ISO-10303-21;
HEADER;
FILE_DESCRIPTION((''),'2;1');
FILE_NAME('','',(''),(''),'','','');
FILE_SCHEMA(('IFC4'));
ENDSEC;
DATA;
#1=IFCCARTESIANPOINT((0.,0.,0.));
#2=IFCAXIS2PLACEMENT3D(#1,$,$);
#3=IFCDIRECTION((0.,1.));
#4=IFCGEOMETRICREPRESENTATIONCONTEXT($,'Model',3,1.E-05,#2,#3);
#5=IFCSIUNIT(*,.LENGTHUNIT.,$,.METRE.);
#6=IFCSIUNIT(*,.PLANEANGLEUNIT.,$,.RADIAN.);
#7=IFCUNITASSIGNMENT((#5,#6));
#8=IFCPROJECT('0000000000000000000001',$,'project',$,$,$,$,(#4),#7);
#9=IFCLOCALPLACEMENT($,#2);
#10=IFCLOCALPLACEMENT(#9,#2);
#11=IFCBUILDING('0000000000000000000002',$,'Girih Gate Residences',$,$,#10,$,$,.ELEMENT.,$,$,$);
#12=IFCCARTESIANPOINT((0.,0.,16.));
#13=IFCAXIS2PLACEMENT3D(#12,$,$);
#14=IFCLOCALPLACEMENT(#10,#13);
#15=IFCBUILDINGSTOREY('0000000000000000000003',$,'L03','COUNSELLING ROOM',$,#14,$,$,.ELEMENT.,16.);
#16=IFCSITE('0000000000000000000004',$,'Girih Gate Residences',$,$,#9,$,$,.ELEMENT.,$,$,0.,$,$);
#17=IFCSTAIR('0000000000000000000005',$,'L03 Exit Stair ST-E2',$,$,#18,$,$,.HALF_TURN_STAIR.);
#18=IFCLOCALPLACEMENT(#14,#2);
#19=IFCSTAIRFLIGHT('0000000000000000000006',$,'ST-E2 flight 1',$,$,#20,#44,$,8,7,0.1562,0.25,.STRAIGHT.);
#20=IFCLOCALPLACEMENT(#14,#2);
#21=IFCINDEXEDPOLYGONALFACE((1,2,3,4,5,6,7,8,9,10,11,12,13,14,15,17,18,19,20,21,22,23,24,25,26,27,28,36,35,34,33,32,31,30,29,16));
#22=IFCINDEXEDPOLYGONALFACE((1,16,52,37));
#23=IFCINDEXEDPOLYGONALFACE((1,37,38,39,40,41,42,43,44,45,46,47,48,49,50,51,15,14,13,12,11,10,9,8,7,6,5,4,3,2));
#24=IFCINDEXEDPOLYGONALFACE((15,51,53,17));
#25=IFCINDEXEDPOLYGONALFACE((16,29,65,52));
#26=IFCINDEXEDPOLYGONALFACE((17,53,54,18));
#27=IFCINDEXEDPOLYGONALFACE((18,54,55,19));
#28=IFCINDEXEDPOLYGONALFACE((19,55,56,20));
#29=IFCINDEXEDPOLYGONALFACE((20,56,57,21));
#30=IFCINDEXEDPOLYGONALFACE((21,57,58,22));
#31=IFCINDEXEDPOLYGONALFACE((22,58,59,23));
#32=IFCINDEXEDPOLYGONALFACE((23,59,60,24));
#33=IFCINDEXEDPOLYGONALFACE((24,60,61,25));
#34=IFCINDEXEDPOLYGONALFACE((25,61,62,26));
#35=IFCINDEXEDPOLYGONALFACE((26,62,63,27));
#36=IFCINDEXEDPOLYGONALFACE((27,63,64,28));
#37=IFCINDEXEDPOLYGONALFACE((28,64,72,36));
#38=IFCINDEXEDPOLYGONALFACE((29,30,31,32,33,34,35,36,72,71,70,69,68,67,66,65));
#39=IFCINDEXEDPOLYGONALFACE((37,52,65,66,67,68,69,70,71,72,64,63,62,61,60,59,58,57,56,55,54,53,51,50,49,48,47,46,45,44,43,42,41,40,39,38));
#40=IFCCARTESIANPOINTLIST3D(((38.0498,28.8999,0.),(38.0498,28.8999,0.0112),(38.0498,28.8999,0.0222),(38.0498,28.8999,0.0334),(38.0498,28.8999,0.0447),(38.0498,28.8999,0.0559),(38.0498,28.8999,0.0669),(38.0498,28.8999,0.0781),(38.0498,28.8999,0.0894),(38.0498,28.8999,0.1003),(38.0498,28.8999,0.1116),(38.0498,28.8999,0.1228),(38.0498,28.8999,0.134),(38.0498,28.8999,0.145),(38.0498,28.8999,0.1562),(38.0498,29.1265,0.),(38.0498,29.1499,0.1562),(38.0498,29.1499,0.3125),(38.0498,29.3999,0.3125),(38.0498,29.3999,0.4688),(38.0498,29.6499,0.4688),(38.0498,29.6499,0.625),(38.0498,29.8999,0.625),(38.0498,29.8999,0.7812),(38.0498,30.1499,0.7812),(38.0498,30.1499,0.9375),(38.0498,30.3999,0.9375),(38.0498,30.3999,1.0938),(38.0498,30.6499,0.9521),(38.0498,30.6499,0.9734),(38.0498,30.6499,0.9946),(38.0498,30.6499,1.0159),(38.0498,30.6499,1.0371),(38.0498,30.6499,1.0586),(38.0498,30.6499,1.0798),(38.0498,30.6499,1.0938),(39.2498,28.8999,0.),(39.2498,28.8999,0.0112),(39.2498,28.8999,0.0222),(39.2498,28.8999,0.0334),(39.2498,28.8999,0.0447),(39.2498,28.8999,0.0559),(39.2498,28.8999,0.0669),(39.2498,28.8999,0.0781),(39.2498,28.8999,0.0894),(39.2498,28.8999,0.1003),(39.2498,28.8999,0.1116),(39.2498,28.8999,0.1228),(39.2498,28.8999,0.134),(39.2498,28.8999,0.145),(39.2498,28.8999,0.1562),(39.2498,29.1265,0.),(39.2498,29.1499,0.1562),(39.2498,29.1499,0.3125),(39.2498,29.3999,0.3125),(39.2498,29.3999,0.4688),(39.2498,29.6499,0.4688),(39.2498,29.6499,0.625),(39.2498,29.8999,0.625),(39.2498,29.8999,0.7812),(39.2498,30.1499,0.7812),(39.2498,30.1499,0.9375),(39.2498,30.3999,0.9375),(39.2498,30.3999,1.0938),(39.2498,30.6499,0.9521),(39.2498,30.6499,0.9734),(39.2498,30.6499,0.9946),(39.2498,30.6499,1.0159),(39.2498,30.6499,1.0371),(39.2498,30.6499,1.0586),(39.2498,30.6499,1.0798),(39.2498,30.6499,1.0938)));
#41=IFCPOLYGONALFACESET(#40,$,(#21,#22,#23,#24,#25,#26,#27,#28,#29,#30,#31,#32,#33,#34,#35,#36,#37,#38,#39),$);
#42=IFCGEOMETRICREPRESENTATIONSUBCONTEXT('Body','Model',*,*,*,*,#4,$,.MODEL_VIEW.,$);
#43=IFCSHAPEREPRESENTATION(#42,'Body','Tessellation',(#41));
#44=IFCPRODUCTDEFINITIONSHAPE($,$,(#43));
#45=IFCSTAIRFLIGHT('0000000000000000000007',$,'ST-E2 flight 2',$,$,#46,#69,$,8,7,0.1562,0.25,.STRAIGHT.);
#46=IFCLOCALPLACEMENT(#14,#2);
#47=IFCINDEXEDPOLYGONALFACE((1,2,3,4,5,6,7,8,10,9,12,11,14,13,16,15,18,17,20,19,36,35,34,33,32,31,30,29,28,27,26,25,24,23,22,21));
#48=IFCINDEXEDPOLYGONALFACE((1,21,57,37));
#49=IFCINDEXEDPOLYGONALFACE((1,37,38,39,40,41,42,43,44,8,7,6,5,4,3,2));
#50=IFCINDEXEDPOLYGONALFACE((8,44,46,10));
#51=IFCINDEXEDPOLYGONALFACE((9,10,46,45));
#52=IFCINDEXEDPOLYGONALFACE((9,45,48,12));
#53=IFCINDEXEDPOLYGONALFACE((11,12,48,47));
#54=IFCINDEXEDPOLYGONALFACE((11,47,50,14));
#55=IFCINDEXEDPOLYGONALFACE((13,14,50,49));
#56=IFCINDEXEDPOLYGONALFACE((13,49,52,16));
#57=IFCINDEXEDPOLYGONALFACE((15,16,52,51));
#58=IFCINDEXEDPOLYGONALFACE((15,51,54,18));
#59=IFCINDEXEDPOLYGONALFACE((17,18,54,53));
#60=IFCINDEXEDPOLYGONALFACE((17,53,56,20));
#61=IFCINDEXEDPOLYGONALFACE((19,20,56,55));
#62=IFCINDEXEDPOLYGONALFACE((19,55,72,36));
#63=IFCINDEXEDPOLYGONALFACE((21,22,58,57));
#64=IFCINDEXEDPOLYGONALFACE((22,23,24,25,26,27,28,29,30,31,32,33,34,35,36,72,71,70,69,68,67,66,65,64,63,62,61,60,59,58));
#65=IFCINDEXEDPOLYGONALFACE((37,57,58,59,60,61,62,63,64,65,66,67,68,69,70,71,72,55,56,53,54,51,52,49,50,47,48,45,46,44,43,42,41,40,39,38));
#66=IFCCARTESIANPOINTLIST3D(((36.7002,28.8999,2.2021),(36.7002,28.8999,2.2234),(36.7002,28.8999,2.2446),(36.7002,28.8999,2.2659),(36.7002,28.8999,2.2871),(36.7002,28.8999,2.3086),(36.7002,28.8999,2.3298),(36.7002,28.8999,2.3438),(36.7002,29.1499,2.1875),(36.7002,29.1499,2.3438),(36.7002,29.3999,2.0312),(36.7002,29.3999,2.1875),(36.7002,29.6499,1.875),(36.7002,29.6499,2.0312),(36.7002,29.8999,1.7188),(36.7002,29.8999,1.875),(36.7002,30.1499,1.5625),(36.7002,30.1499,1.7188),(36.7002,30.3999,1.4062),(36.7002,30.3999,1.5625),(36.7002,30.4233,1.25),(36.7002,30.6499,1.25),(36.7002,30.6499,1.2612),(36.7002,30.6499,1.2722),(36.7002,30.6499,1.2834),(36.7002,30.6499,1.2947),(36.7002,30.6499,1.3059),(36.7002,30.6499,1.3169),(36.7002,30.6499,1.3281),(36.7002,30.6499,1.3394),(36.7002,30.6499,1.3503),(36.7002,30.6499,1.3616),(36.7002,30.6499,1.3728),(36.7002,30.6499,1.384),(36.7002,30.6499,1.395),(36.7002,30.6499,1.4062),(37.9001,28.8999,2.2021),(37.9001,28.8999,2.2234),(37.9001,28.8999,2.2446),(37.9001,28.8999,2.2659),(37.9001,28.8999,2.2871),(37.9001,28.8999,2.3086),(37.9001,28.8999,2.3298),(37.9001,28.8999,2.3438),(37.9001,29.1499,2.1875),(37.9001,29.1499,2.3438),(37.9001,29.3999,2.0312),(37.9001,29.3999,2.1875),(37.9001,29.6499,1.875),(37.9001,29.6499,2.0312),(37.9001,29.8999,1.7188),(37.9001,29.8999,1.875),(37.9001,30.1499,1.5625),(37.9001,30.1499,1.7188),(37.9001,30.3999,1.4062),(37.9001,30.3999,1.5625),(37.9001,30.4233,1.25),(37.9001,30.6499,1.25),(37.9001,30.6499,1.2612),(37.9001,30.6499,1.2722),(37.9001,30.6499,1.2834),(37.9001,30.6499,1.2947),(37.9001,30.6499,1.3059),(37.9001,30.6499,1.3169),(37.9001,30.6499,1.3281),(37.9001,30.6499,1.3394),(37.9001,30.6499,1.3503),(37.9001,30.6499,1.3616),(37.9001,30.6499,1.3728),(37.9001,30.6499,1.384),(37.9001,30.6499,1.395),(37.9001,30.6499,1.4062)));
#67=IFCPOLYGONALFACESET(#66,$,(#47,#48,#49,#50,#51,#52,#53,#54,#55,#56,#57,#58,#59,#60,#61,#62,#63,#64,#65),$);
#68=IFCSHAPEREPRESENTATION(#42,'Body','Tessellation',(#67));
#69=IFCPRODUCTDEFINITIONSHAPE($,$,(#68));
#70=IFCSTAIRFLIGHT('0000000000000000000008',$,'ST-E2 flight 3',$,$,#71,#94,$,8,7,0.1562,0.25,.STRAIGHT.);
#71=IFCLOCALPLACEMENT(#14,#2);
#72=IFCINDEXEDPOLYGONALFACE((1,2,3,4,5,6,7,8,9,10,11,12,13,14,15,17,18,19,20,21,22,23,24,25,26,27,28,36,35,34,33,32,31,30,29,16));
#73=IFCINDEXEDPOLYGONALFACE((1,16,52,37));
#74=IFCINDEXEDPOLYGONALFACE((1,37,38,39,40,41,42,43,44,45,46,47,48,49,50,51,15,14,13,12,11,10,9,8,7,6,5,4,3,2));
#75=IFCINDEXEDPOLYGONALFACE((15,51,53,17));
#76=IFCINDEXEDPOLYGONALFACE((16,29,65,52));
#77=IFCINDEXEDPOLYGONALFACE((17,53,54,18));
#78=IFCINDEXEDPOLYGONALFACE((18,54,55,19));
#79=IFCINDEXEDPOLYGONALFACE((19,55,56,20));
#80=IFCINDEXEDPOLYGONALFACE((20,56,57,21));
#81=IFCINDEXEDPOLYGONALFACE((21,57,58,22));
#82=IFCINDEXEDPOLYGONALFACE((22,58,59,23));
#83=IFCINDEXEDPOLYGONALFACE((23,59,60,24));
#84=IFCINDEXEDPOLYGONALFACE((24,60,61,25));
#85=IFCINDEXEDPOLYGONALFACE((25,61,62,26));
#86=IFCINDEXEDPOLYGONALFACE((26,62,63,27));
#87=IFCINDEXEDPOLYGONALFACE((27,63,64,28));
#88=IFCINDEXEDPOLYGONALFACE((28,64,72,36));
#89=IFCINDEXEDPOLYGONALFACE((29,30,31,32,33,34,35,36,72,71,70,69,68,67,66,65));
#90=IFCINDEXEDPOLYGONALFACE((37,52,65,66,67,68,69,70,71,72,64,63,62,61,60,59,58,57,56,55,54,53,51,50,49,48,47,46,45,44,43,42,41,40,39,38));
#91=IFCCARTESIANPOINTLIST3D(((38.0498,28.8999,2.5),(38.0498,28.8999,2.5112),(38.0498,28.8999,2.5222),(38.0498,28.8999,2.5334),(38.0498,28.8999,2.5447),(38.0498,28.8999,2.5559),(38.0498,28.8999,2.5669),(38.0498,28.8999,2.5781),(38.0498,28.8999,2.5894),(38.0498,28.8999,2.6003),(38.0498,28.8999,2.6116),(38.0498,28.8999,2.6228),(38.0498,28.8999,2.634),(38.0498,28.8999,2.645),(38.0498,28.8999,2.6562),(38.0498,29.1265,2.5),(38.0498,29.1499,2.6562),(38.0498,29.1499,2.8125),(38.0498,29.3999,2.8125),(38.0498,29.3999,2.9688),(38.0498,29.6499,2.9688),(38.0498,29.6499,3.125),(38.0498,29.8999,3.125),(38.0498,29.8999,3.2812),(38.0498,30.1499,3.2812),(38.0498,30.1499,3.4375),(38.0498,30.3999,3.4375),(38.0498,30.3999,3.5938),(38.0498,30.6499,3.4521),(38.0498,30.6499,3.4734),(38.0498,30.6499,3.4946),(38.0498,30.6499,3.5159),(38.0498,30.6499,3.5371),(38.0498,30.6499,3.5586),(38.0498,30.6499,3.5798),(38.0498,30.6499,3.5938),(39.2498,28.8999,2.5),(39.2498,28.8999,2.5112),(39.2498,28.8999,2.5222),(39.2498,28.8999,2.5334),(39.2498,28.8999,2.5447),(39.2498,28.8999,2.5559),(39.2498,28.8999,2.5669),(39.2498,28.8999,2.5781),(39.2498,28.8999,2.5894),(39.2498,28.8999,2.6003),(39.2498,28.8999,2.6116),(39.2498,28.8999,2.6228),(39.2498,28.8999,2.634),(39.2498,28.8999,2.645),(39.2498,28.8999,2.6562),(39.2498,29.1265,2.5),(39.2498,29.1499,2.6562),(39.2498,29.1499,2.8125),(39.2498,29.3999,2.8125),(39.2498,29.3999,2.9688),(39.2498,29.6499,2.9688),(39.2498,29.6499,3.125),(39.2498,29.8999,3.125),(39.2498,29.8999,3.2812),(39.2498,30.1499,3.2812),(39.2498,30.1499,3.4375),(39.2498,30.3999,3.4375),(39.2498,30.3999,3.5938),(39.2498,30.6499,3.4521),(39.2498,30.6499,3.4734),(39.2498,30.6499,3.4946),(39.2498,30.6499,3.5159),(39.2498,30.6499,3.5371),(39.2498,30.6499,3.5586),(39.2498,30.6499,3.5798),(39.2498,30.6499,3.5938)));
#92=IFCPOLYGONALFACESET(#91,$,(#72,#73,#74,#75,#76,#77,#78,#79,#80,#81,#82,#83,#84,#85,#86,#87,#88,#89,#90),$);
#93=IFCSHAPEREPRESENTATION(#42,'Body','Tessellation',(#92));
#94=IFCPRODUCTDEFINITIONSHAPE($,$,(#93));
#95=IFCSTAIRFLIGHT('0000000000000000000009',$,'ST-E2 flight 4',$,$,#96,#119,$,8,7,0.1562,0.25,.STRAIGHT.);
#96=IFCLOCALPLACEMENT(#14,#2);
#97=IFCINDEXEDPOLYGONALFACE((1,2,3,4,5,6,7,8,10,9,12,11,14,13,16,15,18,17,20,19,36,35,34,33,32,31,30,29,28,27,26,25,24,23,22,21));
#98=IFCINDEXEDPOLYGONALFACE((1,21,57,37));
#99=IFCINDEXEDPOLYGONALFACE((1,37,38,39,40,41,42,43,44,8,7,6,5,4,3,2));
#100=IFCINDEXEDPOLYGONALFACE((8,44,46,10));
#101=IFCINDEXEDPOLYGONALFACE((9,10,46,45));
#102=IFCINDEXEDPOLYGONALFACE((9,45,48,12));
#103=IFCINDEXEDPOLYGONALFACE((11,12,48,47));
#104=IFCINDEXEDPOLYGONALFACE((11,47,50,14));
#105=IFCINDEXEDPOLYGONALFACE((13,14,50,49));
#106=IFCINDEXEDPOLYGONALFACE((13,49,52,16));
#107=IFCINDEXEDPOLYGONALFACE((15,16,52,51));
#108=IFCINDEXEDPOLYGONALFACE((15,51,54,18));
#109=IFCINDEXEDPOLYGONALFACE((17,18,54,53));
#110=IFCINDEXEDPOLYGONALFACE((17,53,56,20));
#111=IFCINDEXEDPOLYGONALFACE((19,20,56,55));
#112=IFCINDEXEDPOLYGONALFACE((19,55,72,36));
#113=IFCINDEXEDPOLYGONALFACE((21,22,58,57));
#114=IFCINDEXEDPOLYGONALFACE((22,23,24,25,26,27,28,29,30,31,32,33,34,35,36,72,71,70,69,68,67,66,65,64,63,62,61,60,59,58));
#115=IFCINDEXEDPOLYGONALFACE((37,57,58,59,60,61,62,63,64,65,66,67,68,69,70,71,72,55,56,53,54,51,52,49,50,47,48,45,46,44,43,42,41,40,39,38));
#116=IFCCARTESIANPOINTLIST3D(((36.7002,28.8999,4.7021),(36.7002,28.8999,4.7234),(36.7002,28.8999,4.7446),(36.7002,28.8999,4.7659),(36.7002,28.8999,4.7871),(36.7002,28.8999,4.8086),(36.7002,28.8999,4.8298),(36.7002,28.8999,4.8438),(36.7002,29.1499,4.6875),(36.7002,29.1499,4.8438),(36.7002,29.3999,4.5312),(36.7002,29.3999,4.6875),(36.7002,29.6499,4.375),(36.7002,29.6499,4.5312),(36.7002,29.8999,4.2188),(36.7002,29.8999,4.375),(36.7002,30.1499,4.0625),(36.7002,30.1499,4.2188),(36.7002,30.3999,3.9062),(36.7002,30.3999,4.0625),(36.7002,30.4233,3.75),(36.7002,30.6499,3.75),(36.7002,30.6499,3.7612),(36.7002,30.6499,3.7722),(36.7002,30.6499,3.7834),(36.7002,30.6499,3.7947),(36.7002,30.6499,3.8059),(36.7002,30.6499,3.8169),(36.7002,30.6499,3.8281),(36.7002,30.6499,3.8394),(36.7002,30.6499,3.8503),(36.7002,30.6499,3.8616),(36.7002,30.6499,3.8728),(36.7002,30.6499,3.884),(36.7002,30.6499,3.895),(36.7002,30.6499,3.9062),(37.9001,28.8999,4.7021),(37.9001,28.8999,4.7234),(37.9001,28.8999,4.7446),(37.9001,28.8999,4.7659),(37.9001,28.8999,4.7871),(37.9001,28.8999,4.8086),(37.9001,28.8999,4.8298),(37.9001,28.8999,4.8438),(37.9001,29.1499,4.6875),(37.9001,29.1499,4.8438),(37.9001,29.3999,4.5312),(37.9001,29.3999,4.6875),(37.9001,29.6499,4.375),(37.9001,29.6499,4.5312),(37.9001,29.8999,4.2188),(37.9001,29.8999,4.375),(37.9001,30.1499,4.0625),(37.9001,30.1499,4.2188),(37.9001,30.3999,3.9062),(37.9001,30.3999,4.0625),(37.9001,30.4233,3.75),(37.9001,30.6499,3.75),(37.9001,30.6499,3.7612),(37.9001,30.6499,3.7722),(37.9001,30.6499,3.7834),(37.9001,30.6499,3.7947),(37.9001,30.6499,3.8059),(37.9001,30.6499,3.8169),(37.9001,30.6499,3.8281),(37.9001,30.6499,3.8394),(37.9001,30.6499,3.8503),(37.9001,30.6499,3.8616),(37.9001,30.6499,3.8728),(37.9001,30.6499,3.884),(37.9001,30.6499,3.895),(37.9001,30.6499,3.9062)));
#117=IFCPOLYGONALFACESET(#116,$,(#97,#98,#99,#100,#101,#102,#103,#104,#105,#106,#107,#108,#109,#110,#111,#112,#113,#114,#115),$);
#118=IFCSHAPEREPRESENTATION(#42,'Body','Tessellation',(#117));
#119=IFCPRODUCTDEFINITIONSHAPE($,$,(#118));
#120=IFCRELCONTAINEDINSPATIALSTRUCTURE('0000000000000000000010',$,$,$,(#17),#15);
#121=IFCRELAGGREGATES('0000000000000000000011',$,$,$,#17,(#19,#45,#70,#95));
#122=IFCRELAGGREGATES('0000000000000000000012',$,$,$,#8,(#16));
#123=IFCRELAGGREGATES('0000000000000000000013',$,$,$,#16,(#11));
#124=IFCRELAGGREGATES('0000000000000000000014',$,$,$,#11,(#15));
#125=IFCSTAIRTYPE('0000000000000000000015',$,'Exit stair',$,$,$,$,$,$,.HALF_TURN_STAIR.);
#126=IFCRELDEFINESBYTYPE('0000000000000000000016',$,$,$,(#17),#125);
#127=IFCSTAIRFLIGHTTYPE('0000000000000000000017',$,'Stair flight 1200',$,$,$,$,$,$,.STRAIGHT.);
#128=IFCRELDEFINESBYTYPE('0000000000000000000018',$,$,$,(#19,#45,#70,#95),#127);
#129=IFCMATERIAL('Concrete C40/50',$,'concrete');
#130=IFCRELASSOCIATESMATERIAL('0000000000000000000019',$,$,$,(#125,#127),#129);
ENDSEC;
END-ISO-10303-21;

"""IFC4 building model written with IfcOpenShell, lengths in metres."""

from ifc_helpers import new_model, si_unit, direction, frame, origin, place, context, subcontext, project, spatial, polyline, outline, extrude, material, type_object, element, aggregate, save


model = new_model("IFC4")

# Units and contexts
model_context = context("Model", 3, precision=1e-05, world=origin(), true_north=direction((0.0, 1.0)))
body_context = subcontext(model_context, "Body", "Model", "MODEL_VIEW")
ifc_project = project(units=[si_unit("LENGTHUNIT", "METRE"), si_unit("PLANEANGLEUNIT", "RADIAN")], contexts=[model_context])

# Site, building, storey
site_placement = place(None, origin())
site = spatial("IfcSite", under=ifc_project, at=site_placement, Name="Girih Gate Residences", CompositionType="ELEMENT", RefElevation=0.0)
building_placement = place(site_placement, origin())
building = spatial("IfcBuilding", under=site, at=building_placement, Name="Girih Gate Residences", CompositionType="ELEMENT")
storey_placement = place(building_placement, frame((0.0, 0.0, 16.0)))
storey = spatial("IfcBuildingStorey", under=building, at=storey_placement, Name="L03", Description="COUNSELLING ROOM", CompositionType="ELEMENT", Elevation=16.0)

# Shared definitions
ifc_material_1 = material(Name="Concrete C40/50", Category="concrete")

# Stair, stair flights
stair_type = type_object("IfcStairType", Name="Exit stair", PredefinedType="HALF_TURN_STAIR", material=ifc_material_1)
stair_flight_type = type_object("IfcStairFlightType", Name="Stair flight 1200", PredefinedType="STRAIGHT", material=ifc_material_1)
stair_1_placement = place(storey_placement, origin())
stair_1 = element("IfcStair", 1, at=stair_1_placement, inside=storey, type_object=stair_type, Name="L03 Exit Stair ST-E2", PredefinedType="HALF_TURN_STAIR")
stair_flight_1_placement = place(storey_placement, frame((38.6499, 28.8999, 0.0), z_axis=(0.0, 0.0, 1.0), x_axis=(0.0, 1.0, 0.0)))
stair_flight_1 = element("IfcStairFlight", 2, at=stair_flight_1_placement, type_object=stair_flight_type, Name="ST-E2 flight 1", NumberOfRisers=8, NumberOfTreads=7, PredefinedType="STRAIGHT", RiserHeight=0.1562, TreadLength=0.25, context=body_context, shape_type="SweptSolid", body=[
    extrude(outline(polyline([(0.0, 0.0), (0.0, 0.0112), (0.0, 0.0222), (0.0, 0.0334), (0.0, 0.0447), (0.0, 0.0559), (0.0, 0.0669), (0.0, 0.0781), (0.0, 0.0894), (0.0, 0.1003), (0.0, 0.1116), (0.0, 0.1228), (0.0, 0.134), (0.0, 0.145), (0.0, 0.1562), (0.25, 0.1562), (0.25, 0.3125), (0.5, 0.3125), (0.5, 0.4688), (0.75, 0.4688), (0.75, 0.625), (1.0, 0.625), (1.0, 0.7812), (1.25, 0.7812), (1.25, 0.9375), (1.5, 0.9375), (1.5, 1.0938), (1.75, 1.0938), (1.75, 1.105), (1.75, 1.116), (1.75, 1.1272), (1.75, 1.1384), (1.75, 1.1497), (1.75, 1.1606), (1.75, 1.1719), (1.75, 1.1831), (1.75, 1.1941), (1.75, 1.2053), (1.75, 1.2166), (1.75, 1.2278), (1.75, 1.2388), (1.75, 1.25), (1.75, 1.2288), (1.75, 1.2075), (1.75, 1.1863), (1.75, 1.1648), (1.75, 1.1436), (1.75, 1.1223), (1.75, 1.1011), (1.75, 1.0798), (1.75, 1.0586), (1.75, 1.0371), (1.75, 1.0159), (1.75, 0.9946), (1.75, 0.9734), (1.75, 0.9521), (0.2266, 0.0), (0.0, 0.0)])), frame((0.0, 0.6001, 0.0), z_axis=(0.0, -1.0, 0.0), x_axis=(1.0, 0.0, 0.0)), (0.0, 0.0, 1.0), 1.2),
])
stair_flight_2_placement = place(storey_placement, frame((37.3, 30.6499, 1.25), z_axis=(0.0, 0.0, 1.0), x_axis=(0.0, -1.0, 0.0)))
stair_flight_2 = element("IfcStairFlight", 3, at=stair_flight_2_placement, type_object=stair_flight_type, Name="ST-E2 flight 2", NumberOfRisers=8, NumberOfTreads=7, PredefinedType="STRAIGHT", RiserHeight=0.1562, TreadLength=0.25, context=body_context, shape_type="SweptSolid", body=[
    extrude(outline(polyline([(0.0, 0.0), (0.0, 0.0112), (0.0, 0.0222), (0.0, 0.0334), (0.0, 0.0447), (0.0, 0.0559), (0.0, 0.0669), (0.0, 0.0781), (0.0, 0.0894), (0.0, 0.1003), (0.0, 0.1116), (0.0, 0.1228), (0.0, 0.134), (0.0, 0.145), (0.0, 0.1562), (0.25, 0.1562), (0.25, 0.3125), (0.5, 0.3125), (0.5, 0.4688), (0.75, 0.4688), (0.75, 0.625), (1.0, 0.625), (1.0, 0.7812), (1.25, 0.7812), (1.25, 0.9375), (1.5, 0.9375), (1.5, 1.0938), (1.75, 1.0938), (1.75, 1.105), (1.75, 1.116), (1.75, 1.1272), (1.75, 1.1384), (1.75, 1.1497), (1.75, 1.1606), (1.75, 1.1719), (1.75, 1.1831), (1.75, 1.1941), (1.75, 1.2053), (1.75, 1.2166), (1.75, 1.2278), (1.75, 1.2388), (1.75, 1.25), (1.75, 1.2288), (1.75, 1.2075), (1.75, 1.1863), (1.75, 1.1648), (1.75, 1.1436), (1.75, 1.1223), (1.75, 1.1011), (1.75, 1.0798), (1.75, 1.0586), (1.75, 1.0371), (1.75, 1.0159), (1.75, 0.9946), (1.75, 0.9734), (1.75, 0.9521), (0.2266, 0.0), (0.0, 0.0)])), frame((0.0, 0.6001, 0.0), z_axis=(0.0, -1.0, 0.0), x_axis=(1.0, 0.0, 0.0)), (0.0, 0.0, 1.0), 1.2),
])
stair_flight_3_placement = place(storey_placement, frame((38.6499, 28.8999, 2.5), z_axis=(0.0, 0.0, 1.0), x_axis=(0.0, 1.0, 0.0)))
stair_flight_3 = element("IfcStairFlight", 4, at=stair_flight_3_placement, type_object=stair_flight_type, Name="ST-E2 flight 3", NumberOfRisers=8, NumberOfTreads=7, PredefinedType="STRAIGHT", RiserHeight=0.1562, TreadLength=0.25, context=body_context, shape_type="SweptSolid", body=[
    extrude(outline(polyline([(0.0, 0.0), (0.0, 0.0112), (0.0, 0.0222), (0.0, 0.0334), (0.0, 0.0447), (0.0, 0.0559), (0.0, 0.0669), (0.0, 0.0781), (0.0, 0.0894), (0.0, 0.1003), (0.0, 0.1116), (0.0, 0.1228), (0.0, 0.134), (0.0, 0.145), (0.0, 0.1562), (0.25, 0.1562), (0.25, 0.3125), (0.5, 0.3125), (0.5, 0.4688), (0.75, 0.4688), (0.75, 0.625), (1.0, 0.625), (1.0, 0.7812), (1.25, 0.7812), (1.25, 0.9375), (1.5, 0.9375), (1.5, 1.0938), (1.75, 1.0938), (1.75, 1.105), (1.75, 1.116), (1.75, 1.1272), (1.75, 1.1384), (1.75, 1.1497), (1.75, 1.1606), (1.75, 1.1719), (1.75, 1.1831), (1.75, 1.1941), (1.75, 1.2053), (1.75, 1.2166), (1.75, 1.2278), (1.75, 1.2388), (1.75, 1.25), (1.75, 1.2288), (1.75, 1.2075), (1.75, 1.1863), (1.75, 1.1648), (1.75, 1.1436), (1.75, 1.1223), (1.75, 1.1011), (1.75, 1.0798), (1.75, 1.0586), (1.75, 1.0371), (1.75, 1.0159), (1.75, 0.9946), (1.75, 0.9734), (1.75, 0.9521), (0.2266, 0.0), (0.0, 0.0)])), frame((0.0, 0.6001, 0.0), z_axis=(0.0, -1.0, 0.0), x_axis=(1.0, 0.0, 0.0)), (0.0, 0.0, 1.0), 1.2),
])
stair_flight_4_placement = place(storey_placement, frame((37.3, 30.6499, 3.75), z_axis=(0.0, 0.0, 1.0), x_axis=(0.0, -1.0, 0.0)))
stair_flight_4 = element("IfcStairFlight", 5, at=stair_flight_4_placement, type_object=stair_flight_type, Name="ST-E2 flight 4", NumberOfRisers=8, NumberOfTreads=7, PredefinedType="STRAIGHT", RiserHeight=0.1562, TreadLength=0.25, context=body_context, shape_type="SweptSolid", body=[
    extrude(outline(polyline([(0.0, 0.0), (0.0, 0.0112), (0.0, 0.0222), (0.0, 0.0334), (0.0, 0.0447), (0.0, 0.0559), (0.0, 0.0669), (0.0, 0.0781), (0.0, 0.0894), (0.0, 0.1003), (0.0, 0.1116), (0.0, 0.1228), (0.0, 0.134), (0.0, 0.145), (0.0, 0.1562), (0.25, 0.1562), (0.25, 0.3125), (0.5, 0.3125), (0.5, 0.4688), (0.75, 0.4688), (0.75, 0.625), (1.0, 0.625), (1.0, 0.7812), (1.25, 0.7812), (1.25, 0.9375), (1.5, 0.9375), (1.5, 1.0938), (1.75, 1.0938), (1.75, 1.105), (1.75, 1.116), (1.75, 1.1272), (1.75, 1.1384), (1.75, 1.1497), (1.75, 1.1606), (1.75, 1.1719), (1.75, 1.1831), (1.75, 1.1941), (1.75, 1.2053), (1.75, 1.2166), (1.75, 1.2278), (1.75, 1.2388), (1.75, 1.25), (1.75, 1.2288), (1.75, 1.2075), (1.75, 1.1863), (1.75, 1.1648), (1.75, 1.1436), (1.75, 1.1223), (1.75, 1.1011), (1.75, 1.0798), (1.75, 1.0586), (1.75, 1.0371), (1.75, 1.0159), (1.75, 0.9946), (1.75, 0.9734), (1.75, 0.9521), (0.2266, 0.0), (0.0, 0.0)])), frame((0.0, 0.6001, 0.0), z_axis=(0.0, -1.0, 0.0), x_axis=(1.0, 0.0, 0.0)), (0.0, 0.0, 1.0), 1.2),
])
aggregate(stair_1, [stair_flight_1, stair_flight_2, stair_flight_3, stair_flight_4])

save(model, "model.ifc")
